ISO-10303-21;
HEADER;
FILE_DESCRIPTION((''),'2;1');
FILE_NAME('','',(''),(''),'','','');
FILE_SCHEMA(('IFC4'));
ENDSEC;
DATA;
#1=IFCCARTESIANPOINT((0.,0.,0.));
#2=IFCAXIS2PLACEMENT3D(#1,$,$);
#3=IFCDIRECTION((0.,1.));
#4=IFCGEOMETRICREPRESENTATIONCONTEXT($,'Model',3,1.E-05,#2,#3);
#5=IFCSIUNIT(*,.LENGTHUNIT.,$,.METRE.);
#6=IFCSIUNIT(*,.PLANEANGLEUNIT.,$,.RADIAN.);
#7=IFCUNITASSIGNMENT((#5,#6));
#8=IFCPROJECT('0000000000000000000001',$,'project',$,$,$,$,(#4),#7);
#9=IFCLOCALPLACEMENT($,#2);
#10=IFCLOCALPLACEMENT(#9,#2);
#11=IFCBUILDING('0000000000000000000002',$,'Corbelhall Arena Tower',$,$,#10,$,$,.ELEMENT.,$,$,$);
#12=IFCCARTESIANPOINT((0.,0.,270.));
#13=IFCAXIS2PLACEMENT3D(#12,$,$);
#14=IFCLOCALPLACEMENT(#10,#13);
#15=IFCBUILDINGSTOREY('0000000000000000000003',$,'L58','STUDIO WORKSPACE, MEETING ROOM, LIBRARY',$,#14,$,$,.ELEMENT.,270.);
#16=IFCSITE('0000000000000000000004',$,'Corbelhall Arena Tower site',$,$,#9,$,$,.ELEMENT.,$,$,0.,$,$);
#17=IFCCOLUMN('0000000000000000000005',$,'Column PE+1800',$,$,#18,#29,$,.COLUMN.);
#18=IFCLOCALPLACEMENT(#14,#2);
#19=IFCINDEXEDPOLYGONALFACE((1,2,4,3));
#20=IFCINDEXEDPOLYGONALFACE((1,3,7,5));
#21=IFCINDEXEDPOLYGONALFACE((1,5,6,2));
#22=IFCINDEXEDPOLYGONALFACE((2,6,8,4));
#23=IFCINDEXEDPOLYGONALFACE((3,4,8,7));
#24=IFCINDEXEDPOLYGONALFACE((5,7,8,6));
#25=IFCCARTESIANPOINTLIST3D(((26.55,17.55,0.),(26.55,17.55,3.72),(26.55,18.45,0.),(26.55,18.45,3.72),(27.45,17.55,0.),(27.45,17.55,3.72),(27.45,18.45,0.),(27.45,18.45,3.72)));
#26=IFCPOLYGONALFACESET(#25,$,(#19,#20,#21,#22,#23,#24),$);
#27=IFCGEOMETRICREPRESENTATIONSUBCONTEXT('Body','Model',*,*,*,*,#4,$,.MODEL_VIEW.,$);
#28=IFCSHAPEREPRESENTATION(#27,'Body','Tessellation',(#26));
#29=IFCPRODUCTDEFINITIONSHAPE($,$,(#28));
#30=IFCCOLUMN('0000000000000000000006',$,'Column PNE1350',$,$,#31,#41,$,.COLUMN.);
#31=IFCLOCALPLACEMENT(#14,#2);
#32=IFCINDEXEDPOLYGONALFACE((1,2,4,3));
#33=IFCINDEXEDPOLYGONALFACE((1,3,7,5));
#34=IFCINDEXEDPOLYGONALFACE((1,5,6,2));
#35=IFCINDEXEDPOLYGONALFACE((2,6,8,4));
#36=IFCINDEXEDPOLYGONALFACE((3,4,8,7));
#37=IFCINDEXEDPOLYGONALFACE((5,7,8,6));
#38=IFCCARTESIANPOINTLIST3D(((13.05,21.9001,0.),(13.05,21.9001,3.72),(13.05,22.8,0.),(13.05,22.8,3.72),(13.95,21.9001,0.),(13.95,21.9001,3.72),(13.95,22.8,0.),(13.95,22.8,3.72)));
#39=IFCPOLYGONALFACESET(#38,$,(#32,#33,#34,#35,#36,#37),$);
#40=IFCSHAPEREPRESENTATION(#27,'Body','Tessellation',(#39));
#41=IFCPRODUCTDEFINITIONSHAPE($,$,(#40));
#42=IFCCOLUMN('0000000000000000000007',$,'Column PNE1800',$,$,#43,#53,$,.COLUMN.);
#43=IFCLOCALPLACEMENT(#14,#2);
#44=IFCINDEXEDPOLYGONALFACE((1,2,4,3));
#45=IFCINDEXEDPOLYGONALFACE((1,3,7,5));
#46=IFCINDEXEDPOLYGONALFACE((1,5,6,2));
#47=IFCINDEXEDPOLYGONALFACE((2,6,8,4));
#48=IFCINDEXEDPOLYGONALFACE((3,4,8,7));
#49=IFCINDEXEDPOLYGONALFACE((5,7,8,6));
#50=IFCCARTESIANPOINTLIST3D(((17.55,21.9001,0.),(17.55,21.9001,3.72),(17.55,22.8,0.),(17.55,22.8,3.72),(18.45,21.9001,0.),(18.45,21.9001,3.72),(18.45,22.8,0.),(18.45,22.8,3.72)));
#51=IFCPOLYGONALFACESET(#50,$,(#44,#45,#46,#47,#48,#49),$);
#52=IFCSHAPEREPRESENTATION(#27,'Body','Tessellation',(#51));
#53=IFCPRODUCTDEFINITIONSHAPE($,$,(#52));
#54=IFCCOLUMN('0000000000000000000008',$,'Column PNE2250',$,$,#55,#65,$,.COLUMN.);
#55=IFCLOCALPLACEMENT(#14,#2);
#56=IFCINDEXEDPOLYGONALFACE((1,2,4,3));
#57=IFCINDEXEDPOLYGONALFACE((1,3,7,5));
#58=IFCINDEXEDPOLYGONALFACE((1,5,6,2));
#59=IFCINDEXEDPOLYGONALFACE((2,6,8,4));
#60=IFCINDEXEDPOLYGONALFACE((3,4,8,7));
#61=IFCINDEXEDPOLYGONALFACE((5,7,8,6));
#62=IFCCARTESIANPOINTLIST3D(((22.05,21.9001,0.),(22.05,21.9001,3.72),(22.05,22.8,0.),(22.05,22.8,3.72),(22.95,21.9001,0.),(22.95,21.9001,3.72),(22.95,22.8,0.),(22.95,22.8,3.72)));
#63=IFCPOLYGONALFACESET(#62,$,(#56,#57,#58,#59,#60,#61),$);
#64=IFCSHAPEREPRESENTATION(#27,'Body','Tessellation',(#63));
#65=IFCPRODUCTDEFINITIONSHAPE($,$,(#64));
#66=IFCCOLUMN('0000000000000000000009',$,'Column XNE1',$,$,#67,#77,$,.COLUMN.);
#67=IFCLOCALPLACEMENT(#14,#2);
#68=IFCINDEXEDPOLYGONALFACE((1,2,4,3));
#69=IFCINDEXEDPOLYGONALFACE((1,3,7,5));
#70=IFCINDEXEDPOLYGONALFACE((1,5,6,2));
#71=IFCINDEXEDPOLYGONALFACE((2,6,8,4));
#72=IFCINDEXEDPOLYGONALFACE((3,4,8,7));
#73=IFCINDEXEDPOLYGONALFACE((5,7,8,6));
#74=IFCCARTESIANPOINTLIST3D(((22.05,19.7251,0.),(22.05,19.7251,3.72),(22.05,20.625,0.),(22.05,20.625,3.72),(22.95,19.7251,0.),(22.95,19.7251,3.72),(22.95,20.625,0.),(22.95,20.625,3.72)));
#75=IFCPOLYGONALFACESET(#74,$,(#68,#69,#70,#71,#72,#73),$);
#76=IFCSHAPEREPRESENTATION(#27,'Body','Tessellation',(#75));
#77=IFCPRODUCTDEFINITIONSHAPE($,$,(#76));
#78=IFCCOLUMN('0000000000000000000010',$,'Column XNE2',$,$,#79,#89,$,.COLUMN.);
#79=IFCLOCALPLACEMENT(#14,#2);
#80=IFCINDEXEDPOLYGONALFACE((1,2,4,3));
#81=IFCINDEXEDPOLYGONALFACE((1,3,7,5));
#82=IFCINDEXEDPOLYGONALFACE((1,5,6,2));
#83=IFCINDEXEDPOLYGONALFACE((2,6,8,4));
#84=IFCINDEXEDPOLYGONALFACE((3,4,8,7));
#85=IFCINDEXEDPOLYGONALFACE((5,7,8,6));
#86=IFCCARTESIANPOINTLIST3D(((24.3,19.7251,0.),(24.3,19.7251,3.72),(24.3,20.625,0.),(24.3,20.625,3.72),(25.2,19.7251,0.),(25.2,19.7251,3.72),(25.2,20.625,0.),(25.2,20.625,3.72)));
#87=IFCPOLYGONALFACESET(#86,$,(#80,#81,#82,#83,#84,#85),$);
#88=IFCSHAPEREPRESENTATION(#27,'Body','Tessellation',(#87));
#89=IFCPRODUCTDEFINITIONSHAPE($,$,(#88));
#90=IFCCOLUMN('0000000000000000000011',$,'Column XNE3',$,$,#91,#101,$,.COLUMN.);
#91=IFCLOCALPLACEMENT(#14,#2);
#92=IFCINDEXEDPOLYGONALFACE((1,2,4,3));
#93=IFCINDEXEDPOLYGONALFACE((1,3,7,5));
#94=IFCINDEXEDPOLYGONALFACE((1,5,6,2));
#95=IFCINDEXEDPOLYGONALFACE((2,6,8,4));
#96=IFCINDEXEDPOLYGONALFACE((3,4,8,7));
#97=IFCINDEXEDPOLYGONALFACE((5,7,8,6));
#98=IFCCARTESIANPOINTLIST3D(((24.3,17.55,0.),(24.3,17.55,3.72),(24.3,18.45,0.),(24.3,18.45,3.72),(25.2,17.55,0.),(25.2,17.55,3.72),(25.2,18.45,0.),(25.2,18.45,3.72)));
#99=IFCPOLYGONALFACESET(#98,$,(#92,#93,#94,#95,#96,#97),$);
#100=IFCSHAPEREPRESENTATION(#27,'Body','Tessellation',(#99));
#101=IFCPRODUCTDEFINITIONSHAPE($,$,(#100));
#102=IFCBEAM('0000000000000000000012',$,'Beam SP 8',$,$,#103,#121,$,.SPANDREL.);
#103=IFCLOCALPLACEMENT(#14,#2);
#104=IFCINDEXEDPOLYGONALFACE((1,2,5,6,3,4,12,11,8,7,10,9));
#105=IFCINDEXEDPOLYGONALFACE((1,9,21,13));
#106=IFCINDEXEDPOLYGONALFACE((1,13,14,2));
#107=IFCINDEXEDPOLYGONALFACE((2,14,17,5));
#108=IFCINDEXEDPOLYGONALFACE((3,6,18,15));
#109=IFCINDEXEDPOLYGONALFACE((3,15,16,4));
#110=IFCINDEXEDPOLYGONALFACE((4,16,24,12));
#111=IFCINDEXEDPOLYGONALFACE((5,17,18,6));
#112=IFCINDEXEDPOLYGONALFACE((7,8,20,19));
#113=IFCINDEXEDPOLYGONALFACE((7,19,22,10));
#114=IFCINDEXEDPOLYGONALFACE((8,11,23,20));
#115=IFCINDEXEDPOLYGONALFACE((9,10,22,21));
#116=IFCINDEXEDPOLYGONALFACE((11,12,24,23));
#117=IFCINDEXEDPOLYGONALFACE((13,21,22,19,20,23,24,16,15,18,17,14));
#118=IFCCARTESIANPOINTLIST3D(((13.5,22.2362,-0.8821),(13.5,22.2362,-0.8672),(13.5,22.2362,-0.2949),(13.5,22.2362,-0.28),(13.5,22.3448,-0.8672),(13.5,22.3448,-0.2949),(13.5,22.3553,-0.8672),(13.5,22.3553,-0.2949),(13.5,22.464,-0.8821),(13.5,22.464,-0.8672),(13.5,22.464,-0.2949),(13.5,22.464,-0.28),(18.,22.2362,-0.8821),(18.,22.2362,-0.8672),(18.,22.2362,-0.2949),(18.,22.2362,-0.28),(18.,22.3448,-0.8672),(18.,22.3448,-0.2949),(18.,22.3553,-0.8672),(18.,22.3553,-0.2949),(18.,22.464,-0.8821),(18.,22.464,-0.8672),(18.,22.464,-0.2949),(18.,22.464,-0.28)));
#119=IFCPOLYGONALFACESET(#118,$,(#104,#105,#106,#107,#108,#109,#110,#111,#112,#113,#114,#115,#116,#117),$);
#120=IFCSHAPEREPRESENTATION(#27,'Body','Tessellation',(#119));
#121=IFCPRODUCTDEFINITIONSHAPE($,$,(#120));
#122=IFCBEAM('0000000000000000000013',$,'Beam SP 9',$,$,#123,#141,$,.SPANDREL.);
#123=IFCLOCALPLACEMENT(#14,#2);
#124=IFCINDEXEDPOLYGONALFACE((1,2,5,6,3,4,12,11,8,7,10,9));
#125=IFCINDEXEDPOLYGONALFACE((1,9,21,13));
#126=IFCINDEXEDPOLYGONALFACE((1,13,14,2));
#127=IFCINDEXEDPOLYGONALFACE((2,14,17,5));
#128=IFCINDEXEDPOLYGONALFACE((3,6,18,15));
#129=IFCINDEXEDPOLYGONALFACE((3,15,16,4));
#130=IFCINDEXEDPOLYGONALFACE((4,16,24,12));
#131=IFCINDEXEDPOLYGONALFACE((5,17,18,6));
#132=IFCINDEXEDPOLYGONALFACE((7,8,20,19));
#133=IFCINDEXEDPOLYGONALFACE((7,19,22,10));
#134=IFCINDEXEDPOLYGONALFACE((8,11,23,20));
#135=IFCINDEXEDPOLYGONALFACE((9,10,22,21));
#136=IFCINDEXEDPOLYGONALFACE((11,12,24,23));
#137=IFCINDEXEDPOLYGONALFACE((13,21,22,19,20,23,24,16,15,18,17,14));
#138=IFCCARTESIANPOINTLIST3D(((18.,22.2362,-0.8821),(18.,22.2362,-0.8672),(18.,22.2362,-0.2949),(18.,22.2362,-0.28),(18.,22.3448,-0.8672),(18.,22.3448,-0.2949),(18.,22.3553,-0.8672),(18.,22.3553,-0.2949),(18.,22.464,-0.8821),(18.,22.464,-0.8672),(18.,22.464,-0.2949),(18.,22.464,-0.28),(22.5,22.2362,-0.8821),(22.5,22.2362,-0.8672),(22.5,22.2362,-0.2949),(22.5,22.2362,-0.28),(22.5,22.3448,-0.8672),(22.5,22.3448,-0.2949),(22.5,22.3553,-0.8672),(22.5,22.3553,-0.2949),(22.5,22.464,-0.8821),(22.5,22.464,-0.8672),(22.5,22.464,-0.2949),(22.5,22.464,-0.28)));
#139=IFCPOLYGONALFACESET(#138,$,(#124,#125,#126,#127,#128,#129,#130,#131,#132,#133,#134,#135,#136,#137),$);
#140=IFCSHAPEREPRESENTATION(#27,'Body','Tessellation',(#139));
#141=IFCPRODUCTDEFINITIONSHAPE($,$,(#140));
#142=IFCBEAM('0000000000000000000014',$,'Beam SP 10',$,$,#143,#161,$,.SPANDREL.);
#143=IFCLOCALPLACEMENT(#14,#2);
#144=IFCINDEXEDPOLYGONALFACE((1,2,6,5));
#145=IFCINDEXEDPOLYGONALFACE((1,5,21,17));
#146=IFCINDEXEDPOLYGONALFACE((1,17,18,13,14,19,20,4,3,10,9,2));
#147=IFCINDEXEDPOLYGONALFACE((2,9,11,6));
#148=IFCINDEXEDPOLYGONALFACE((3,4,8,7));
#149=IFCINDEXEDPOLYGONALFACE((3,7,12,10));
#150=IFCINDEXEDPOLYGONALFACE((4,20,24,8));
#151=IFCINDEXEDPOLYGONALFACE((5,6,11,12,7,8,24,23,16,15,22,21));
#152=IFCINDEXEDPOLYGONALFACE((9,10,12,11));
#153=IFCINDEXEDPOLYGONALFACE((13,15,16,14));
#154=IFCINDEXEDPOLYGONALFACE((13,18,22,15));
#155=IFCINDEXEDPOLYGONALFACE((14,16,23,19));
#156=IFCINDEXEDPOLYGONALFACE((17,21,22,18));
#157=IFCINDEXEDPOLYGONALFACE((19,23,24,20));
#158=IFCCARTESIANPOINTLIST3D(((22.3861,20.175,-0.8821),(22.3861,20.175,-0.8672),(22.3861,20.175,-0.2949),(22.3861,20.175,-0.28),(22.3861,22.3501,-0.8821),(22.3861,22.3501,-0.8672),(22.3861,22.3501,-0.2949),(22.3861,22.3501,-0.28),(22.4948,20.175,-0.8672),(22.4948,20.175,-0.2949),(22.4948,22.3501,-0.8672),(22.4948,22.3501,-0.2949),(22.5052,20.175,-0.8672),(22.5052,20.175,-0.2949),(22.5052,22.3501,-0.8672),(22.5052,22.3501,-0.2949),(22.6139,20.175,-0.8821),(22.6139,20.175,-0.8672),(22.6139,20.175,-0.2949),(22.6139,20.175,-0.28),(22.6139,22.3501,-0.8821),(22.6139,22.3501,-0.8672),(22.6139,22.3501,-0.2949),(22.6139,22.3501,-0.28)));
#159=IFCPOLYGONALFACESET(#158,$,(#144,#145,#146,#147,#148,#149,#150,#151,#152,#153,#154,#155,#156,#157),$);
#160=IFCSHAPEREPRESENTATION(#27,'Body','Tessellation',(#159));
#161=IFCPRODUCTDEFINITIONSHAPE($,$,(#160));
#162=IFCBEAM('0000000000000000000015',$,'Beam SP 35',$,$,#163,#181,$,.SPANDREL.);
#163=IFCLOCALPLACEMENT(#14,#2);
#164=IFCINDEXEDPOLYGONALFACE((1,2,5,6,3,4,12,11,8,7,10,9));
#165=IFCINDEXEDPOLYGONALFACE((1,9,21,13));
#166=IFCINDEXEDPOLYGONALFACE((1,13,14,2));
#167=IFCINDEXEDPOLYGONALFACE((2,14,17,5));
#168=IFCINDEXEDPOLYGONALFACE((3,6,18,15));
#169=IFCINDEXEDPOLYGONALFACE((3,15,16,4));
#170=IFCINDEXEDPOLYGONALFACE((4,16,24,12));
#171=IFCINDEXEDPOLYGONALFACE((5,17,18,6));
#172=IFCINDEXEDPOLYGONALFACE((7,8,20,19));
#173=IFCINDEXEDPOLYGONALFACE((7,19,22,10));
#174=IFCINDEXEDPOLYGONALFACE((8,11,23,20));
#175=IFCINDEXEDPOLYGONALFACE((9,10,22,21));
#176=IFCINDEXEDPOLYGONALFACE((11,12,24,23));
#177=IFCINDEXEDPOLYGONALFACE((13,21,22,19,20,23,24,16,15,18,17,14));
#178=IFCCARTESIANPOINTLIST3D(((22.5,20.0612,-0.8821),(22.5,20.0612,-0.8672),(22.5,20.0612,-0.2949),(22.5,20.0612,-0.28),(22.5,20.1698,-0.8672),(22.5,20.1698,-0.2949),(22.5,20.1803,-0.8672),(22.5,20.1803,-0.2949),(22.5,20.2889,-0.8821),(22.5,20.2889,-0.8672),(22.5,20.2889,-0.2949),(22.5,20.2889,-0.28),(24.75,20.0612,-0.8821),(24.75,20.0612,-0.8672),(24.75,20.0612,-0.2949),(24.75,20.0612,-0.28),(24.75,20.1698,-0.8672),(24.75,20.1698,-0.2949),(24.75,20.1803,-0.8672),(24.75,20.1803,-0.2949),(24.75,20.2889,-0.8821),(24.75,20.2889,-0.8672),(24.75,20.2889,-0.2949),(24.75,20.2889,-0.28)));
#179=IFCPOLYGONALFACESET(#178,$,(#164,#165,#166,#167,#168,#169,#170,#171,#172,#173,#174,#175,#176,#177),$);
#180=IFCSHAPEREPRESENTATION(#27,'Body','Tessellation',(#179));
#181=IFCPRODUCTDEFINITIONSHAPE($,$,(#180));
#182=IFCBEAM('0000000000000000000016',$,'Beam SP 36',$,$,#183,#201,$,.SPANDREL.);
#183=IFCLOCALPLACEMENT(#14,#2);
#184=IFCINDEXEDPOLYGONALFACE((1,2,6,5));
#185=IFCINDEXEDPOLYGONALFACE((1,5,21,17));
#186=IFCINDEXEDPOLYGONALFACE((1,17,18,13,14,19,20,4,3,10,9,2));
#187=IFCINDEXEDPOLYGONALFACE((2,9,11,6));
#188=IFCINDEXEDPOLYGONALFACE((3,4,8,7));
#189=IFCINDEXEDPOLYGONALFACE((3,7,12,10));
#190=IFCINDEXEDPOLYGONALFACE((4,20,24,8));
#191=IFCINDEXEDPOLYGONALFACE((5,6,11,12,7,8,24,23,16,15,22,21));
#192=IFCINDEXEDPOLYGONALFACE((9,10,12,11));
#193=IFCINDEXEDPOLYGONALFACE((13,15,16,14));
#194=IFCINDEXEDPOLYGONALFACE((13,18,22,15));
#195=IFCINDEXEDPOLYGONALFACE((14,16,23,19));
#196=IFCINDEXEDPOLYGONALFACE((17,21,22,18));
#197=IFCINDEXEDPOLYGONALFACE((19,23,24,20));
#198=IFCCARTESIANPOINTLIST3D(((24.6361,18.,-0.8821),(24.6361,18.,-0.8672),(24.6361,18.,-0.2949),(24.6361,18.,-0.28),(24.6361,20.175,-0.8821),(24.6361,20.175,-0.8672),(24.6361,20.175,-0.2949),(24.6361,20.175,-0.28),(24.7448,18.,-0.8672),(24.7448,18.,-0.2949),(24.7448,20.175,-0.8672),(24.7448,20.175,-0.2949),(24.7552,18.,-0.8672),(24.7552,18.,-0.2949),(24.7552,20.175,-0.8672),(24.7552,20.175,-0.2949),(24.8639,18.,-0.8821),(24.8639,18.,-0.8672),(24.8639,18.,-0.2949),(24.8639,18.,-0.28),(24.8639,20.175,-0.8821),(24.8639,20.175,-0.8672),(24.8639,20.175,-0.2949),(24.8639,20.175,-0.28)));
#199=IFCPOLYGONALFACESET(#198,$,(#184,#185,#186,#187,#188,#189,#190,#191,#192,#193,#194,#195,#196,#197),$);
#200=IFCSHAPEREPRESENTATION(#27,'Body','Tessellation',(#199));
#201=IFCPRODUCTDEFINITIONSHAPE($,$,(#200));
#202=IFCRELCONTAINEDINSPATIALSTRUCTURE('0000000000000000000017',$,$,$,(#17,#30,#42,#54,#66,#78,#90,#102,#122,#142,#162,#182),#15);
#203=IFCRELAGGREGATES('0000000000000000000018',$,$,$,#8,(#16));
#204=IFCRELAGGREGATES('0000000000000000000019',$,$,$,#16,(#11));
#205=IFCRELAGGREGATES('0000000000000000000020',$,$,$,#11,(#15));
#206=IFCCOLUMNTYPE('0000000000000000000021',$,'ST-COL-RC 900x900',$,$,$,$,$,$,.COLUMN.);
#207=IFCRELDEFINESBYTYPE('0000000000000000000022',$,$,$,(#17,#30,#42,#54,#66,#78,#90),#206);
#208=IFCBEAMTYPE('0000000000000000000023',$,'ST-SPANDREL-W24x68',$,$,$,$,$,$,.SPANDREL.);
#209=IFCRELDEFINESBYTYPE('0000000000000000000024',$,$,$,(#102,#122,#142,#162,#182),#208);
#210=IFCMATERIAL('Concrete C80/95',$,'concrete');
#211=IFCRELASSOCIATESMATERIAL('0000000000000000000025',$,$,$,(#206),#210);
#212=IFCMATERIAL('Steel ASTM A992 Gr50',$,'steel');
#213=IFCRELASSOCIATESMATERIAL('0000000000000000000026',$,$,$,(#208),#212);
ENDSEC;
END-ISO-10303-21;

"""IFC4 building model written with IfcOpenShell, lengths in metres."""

from ifc_helpers import new_model, si_unit, direction, frame, origin, origin_2d, place, context, subcontext, project, spatial, rectangle, i_section, extrude, material, material_profile, profile_set, type_object, element, save


model = new_model("IFC4")

# Units and contexts
model_context = context("Model", 3, precision=1e-05, world=origin(), true_north=direction((0.0, 1.0)))
body_context = subcontext(model_context, "Body", "Model", "MODEL_VIEW")
ifc_project = project(units=[si_unit("LENGTHUNIT", "METRE"), si_unit("PLANEANGLEUNIT", "RADIAN")], contexts=[model_context])

# Site, building, storey
site_placement = place(None, origin())
site = spatial("IfcSite", under=ifc_project, at=site_placement, Name="Corbelhall Arena Tower site", CompositionType="ELEMENT", RefElevation=0.0)
building_placement = place(site_placement, origin())
building = spatial("IfcBuilding", under=site, at=building_placement, Name="Corbelhall Arena Tower", CompositionType="ELEMENT")
storey_placement = place(building_placement, frame((0.0, 0.0, 270.0)))
storey = spatial("IfcBuildingStorey", under=building, at=storey_placement, Name="L58", Description="STUDIO WORKSPACE, MEETING ROOM, LIBRARY", CompositionType="ELEMENT", Elevation=270.0)

# Columns
ifc_material_1 = material(Name="Concrete C80/95", Category="concrete")
ifc_material_profile_1 = material_profile(ifc_material_1, rectangle(XDim=0.8999, YDim=0.8999, at=origin_2d()))
ifc_profile_set_1 = profile_set([ifc_material_profile_1], Name="Concrete C80/95")
column_type = type_object("IfcColumnType", Name="ST-COL-RC 900x900", PredefinedType="COLUMN", material=ifc_profile_set_1)
for number, where, z_axis, x_axis, name in (
    (1, (27.0, 18.0, 0.0), (0.0, 0.0, 1.0), (0.0, 1.0, 0.0), "Column PE+1800"),
    (2, (13.5, 22.3501, 0.0), (0.0, 0.0, 1.0), (1.0, 0.0, 0.0), "Column PNE1350"),
    (3, (18.0, 22.3501, 0.0), (0.0, 0.0, 1.0), (1.0, 0.0, 0.0), "Column PNE1800"),
    (4, (22.5, 22.3501, 0.0), (0.0, 0.0, 1.0), (1.0, 0.0, 0.0), "Column PNE2250"),
    (5, (22.5, 20.175, 0.0), (0.0, 0.0, 1.0), (1.0, 0.0, 0.0), "Column XNE1"),
    (6, (24.75, 20.175, 0.0), (0.0, 0.0, 1.0), (1.0, 0.0, 0.0), "Column XNE2"),
    (7, (24.75, 18.0, 0.0), (0.0, 0.0, 1.0), (1.0, 0.0, 0.0), "Column XNE3"),
):
    element("IfcColumn", number, at=place(storey_placement, frame(where, z_axis=z_axis, x_axis=x_axis)), inside=storey, type_object=column_type, Name=name, PredefinedType="COLUMN", context=body_context, shape_type="SweptSolid", body=[
        extrude(rectangle(XDim=0.8999, YDim=0.8999, at=origin_2d()), origin(), (0.0, 0.0, 1.0), 3.72),
    ])

# Beams
ifc_material_2 = material(Name="Steel ASTM A992 Gr50", Category="steel")
ifc_material_profile_2 = material_profile(ifc_material_2, i_section(OverallWidth=0.2278, OverallDepth=0.6021, WebThickness=0.0105, FlangeThickness=0.0149, at=origin_2d()))
ifc_profile_set_2 = profile_set([ifc_material_profile_2], Name="Steel ASTM A992 Gr50")
beam_type_1 = type_object("IfcBeamType", Name="ST-SPANDREL-W24x68", PredefinedType="SPANDREL", material=ifc_profile_set_2)
for number, where, z_axis, x_axis, name in (
    (8, (13.5, 22.3501, -0.5811), (1.0, 0.0, 0.0), (0.0, 1.0, 0.0), "Beam SP 8"),
    (9, (18.0, 22.3501, -0.5811), (1.0, 0.0, 0.0), (0.0, 1.0, 0.0), "Beam SP 9"),
):
    element("IfcBeam", number, at=place(storey_placement, frame(where, z_axis=z_axis, x_axis=x_axis)), inside=storey, type_object=beam_type_1, Name=name, PredefinedType="SPANDREL", context=body_context, shape_type="SweptSolid", body=[
        extrude(i_section(OverallWidth=0.2278, OverallDepth=0.6021, WebThickness=0.0105, FlangeThickness=0.0149, at=origin_2d()), origin(), (0.0, 0.0, 1.0), 4.5),
    ])
beam_1_placement = place(storey_placement, frame((22.5, 22.3501, -0.5811), z_axis=(0.0, -1.0, 0.0), x_axis=(1.0, 0.0, 0.0)))
element("IfcBeam", 10, at=beam_1_placement, inside=storey, type_object=beam_type_1, Name="Beam SP 10", PredefinedType="SPANDREL", context=body_context, shape_type="SweptSolid", body=[
    extrude(i_section(OverallWidth=0.2278, OverallDepth=0.6021, WebThickness=0.0105, FlangeThickness=0.0149, at=origin_2d()), origin(), (0.0, 0.0, 1.0), 2.175),
])
beam_2_placement = place(storey_placement, frame((22.5, 20.175, -0.5811), z_axis=(1.0, 0.0, 0.0), x_axis=(0.0, 1.0, 0.0)))
element("IfcBeam", 11, at=beam_2_placement, inside=storey, type_object=beam_type_1, Name="Beam SP 35", PredefinedType="SPANDREL", context=body_context, shape_type="SweptSolid", body=[
    extrude(i_section(OverallWidth=0.2278, OverallDepth=0.6021, WebThickness=0.0105, FlangeThickness=0.0149, at=origin_2d()), origin(), (0.0, 0.0, 1.0), 2.25),
])
beam_3_placement = place(storey_placement, frame((24.75, 20.175, -0.5811), z_axis=(0.0, -1.0, 0.0), x_axis=(1.0, 0.0, 0.0)))
element("IfcBeam", 12, at=beam_3_placement, inside=storey, type_object=beam_type_1, Name="Beam SP 36", PredefinedType="SPANDREL", context=body_context, shape_type="SweptSolid", body=[
    extrude(i_section(OverallWidth=0.2278, OverallDepth=0.6021, WebThickness=0.0105, FlangeThickness=0.0149, at=origin_2d()), origin(), (0.0, 0.0, 1.0), 2.175),
])

save(model, "model.ifc")
